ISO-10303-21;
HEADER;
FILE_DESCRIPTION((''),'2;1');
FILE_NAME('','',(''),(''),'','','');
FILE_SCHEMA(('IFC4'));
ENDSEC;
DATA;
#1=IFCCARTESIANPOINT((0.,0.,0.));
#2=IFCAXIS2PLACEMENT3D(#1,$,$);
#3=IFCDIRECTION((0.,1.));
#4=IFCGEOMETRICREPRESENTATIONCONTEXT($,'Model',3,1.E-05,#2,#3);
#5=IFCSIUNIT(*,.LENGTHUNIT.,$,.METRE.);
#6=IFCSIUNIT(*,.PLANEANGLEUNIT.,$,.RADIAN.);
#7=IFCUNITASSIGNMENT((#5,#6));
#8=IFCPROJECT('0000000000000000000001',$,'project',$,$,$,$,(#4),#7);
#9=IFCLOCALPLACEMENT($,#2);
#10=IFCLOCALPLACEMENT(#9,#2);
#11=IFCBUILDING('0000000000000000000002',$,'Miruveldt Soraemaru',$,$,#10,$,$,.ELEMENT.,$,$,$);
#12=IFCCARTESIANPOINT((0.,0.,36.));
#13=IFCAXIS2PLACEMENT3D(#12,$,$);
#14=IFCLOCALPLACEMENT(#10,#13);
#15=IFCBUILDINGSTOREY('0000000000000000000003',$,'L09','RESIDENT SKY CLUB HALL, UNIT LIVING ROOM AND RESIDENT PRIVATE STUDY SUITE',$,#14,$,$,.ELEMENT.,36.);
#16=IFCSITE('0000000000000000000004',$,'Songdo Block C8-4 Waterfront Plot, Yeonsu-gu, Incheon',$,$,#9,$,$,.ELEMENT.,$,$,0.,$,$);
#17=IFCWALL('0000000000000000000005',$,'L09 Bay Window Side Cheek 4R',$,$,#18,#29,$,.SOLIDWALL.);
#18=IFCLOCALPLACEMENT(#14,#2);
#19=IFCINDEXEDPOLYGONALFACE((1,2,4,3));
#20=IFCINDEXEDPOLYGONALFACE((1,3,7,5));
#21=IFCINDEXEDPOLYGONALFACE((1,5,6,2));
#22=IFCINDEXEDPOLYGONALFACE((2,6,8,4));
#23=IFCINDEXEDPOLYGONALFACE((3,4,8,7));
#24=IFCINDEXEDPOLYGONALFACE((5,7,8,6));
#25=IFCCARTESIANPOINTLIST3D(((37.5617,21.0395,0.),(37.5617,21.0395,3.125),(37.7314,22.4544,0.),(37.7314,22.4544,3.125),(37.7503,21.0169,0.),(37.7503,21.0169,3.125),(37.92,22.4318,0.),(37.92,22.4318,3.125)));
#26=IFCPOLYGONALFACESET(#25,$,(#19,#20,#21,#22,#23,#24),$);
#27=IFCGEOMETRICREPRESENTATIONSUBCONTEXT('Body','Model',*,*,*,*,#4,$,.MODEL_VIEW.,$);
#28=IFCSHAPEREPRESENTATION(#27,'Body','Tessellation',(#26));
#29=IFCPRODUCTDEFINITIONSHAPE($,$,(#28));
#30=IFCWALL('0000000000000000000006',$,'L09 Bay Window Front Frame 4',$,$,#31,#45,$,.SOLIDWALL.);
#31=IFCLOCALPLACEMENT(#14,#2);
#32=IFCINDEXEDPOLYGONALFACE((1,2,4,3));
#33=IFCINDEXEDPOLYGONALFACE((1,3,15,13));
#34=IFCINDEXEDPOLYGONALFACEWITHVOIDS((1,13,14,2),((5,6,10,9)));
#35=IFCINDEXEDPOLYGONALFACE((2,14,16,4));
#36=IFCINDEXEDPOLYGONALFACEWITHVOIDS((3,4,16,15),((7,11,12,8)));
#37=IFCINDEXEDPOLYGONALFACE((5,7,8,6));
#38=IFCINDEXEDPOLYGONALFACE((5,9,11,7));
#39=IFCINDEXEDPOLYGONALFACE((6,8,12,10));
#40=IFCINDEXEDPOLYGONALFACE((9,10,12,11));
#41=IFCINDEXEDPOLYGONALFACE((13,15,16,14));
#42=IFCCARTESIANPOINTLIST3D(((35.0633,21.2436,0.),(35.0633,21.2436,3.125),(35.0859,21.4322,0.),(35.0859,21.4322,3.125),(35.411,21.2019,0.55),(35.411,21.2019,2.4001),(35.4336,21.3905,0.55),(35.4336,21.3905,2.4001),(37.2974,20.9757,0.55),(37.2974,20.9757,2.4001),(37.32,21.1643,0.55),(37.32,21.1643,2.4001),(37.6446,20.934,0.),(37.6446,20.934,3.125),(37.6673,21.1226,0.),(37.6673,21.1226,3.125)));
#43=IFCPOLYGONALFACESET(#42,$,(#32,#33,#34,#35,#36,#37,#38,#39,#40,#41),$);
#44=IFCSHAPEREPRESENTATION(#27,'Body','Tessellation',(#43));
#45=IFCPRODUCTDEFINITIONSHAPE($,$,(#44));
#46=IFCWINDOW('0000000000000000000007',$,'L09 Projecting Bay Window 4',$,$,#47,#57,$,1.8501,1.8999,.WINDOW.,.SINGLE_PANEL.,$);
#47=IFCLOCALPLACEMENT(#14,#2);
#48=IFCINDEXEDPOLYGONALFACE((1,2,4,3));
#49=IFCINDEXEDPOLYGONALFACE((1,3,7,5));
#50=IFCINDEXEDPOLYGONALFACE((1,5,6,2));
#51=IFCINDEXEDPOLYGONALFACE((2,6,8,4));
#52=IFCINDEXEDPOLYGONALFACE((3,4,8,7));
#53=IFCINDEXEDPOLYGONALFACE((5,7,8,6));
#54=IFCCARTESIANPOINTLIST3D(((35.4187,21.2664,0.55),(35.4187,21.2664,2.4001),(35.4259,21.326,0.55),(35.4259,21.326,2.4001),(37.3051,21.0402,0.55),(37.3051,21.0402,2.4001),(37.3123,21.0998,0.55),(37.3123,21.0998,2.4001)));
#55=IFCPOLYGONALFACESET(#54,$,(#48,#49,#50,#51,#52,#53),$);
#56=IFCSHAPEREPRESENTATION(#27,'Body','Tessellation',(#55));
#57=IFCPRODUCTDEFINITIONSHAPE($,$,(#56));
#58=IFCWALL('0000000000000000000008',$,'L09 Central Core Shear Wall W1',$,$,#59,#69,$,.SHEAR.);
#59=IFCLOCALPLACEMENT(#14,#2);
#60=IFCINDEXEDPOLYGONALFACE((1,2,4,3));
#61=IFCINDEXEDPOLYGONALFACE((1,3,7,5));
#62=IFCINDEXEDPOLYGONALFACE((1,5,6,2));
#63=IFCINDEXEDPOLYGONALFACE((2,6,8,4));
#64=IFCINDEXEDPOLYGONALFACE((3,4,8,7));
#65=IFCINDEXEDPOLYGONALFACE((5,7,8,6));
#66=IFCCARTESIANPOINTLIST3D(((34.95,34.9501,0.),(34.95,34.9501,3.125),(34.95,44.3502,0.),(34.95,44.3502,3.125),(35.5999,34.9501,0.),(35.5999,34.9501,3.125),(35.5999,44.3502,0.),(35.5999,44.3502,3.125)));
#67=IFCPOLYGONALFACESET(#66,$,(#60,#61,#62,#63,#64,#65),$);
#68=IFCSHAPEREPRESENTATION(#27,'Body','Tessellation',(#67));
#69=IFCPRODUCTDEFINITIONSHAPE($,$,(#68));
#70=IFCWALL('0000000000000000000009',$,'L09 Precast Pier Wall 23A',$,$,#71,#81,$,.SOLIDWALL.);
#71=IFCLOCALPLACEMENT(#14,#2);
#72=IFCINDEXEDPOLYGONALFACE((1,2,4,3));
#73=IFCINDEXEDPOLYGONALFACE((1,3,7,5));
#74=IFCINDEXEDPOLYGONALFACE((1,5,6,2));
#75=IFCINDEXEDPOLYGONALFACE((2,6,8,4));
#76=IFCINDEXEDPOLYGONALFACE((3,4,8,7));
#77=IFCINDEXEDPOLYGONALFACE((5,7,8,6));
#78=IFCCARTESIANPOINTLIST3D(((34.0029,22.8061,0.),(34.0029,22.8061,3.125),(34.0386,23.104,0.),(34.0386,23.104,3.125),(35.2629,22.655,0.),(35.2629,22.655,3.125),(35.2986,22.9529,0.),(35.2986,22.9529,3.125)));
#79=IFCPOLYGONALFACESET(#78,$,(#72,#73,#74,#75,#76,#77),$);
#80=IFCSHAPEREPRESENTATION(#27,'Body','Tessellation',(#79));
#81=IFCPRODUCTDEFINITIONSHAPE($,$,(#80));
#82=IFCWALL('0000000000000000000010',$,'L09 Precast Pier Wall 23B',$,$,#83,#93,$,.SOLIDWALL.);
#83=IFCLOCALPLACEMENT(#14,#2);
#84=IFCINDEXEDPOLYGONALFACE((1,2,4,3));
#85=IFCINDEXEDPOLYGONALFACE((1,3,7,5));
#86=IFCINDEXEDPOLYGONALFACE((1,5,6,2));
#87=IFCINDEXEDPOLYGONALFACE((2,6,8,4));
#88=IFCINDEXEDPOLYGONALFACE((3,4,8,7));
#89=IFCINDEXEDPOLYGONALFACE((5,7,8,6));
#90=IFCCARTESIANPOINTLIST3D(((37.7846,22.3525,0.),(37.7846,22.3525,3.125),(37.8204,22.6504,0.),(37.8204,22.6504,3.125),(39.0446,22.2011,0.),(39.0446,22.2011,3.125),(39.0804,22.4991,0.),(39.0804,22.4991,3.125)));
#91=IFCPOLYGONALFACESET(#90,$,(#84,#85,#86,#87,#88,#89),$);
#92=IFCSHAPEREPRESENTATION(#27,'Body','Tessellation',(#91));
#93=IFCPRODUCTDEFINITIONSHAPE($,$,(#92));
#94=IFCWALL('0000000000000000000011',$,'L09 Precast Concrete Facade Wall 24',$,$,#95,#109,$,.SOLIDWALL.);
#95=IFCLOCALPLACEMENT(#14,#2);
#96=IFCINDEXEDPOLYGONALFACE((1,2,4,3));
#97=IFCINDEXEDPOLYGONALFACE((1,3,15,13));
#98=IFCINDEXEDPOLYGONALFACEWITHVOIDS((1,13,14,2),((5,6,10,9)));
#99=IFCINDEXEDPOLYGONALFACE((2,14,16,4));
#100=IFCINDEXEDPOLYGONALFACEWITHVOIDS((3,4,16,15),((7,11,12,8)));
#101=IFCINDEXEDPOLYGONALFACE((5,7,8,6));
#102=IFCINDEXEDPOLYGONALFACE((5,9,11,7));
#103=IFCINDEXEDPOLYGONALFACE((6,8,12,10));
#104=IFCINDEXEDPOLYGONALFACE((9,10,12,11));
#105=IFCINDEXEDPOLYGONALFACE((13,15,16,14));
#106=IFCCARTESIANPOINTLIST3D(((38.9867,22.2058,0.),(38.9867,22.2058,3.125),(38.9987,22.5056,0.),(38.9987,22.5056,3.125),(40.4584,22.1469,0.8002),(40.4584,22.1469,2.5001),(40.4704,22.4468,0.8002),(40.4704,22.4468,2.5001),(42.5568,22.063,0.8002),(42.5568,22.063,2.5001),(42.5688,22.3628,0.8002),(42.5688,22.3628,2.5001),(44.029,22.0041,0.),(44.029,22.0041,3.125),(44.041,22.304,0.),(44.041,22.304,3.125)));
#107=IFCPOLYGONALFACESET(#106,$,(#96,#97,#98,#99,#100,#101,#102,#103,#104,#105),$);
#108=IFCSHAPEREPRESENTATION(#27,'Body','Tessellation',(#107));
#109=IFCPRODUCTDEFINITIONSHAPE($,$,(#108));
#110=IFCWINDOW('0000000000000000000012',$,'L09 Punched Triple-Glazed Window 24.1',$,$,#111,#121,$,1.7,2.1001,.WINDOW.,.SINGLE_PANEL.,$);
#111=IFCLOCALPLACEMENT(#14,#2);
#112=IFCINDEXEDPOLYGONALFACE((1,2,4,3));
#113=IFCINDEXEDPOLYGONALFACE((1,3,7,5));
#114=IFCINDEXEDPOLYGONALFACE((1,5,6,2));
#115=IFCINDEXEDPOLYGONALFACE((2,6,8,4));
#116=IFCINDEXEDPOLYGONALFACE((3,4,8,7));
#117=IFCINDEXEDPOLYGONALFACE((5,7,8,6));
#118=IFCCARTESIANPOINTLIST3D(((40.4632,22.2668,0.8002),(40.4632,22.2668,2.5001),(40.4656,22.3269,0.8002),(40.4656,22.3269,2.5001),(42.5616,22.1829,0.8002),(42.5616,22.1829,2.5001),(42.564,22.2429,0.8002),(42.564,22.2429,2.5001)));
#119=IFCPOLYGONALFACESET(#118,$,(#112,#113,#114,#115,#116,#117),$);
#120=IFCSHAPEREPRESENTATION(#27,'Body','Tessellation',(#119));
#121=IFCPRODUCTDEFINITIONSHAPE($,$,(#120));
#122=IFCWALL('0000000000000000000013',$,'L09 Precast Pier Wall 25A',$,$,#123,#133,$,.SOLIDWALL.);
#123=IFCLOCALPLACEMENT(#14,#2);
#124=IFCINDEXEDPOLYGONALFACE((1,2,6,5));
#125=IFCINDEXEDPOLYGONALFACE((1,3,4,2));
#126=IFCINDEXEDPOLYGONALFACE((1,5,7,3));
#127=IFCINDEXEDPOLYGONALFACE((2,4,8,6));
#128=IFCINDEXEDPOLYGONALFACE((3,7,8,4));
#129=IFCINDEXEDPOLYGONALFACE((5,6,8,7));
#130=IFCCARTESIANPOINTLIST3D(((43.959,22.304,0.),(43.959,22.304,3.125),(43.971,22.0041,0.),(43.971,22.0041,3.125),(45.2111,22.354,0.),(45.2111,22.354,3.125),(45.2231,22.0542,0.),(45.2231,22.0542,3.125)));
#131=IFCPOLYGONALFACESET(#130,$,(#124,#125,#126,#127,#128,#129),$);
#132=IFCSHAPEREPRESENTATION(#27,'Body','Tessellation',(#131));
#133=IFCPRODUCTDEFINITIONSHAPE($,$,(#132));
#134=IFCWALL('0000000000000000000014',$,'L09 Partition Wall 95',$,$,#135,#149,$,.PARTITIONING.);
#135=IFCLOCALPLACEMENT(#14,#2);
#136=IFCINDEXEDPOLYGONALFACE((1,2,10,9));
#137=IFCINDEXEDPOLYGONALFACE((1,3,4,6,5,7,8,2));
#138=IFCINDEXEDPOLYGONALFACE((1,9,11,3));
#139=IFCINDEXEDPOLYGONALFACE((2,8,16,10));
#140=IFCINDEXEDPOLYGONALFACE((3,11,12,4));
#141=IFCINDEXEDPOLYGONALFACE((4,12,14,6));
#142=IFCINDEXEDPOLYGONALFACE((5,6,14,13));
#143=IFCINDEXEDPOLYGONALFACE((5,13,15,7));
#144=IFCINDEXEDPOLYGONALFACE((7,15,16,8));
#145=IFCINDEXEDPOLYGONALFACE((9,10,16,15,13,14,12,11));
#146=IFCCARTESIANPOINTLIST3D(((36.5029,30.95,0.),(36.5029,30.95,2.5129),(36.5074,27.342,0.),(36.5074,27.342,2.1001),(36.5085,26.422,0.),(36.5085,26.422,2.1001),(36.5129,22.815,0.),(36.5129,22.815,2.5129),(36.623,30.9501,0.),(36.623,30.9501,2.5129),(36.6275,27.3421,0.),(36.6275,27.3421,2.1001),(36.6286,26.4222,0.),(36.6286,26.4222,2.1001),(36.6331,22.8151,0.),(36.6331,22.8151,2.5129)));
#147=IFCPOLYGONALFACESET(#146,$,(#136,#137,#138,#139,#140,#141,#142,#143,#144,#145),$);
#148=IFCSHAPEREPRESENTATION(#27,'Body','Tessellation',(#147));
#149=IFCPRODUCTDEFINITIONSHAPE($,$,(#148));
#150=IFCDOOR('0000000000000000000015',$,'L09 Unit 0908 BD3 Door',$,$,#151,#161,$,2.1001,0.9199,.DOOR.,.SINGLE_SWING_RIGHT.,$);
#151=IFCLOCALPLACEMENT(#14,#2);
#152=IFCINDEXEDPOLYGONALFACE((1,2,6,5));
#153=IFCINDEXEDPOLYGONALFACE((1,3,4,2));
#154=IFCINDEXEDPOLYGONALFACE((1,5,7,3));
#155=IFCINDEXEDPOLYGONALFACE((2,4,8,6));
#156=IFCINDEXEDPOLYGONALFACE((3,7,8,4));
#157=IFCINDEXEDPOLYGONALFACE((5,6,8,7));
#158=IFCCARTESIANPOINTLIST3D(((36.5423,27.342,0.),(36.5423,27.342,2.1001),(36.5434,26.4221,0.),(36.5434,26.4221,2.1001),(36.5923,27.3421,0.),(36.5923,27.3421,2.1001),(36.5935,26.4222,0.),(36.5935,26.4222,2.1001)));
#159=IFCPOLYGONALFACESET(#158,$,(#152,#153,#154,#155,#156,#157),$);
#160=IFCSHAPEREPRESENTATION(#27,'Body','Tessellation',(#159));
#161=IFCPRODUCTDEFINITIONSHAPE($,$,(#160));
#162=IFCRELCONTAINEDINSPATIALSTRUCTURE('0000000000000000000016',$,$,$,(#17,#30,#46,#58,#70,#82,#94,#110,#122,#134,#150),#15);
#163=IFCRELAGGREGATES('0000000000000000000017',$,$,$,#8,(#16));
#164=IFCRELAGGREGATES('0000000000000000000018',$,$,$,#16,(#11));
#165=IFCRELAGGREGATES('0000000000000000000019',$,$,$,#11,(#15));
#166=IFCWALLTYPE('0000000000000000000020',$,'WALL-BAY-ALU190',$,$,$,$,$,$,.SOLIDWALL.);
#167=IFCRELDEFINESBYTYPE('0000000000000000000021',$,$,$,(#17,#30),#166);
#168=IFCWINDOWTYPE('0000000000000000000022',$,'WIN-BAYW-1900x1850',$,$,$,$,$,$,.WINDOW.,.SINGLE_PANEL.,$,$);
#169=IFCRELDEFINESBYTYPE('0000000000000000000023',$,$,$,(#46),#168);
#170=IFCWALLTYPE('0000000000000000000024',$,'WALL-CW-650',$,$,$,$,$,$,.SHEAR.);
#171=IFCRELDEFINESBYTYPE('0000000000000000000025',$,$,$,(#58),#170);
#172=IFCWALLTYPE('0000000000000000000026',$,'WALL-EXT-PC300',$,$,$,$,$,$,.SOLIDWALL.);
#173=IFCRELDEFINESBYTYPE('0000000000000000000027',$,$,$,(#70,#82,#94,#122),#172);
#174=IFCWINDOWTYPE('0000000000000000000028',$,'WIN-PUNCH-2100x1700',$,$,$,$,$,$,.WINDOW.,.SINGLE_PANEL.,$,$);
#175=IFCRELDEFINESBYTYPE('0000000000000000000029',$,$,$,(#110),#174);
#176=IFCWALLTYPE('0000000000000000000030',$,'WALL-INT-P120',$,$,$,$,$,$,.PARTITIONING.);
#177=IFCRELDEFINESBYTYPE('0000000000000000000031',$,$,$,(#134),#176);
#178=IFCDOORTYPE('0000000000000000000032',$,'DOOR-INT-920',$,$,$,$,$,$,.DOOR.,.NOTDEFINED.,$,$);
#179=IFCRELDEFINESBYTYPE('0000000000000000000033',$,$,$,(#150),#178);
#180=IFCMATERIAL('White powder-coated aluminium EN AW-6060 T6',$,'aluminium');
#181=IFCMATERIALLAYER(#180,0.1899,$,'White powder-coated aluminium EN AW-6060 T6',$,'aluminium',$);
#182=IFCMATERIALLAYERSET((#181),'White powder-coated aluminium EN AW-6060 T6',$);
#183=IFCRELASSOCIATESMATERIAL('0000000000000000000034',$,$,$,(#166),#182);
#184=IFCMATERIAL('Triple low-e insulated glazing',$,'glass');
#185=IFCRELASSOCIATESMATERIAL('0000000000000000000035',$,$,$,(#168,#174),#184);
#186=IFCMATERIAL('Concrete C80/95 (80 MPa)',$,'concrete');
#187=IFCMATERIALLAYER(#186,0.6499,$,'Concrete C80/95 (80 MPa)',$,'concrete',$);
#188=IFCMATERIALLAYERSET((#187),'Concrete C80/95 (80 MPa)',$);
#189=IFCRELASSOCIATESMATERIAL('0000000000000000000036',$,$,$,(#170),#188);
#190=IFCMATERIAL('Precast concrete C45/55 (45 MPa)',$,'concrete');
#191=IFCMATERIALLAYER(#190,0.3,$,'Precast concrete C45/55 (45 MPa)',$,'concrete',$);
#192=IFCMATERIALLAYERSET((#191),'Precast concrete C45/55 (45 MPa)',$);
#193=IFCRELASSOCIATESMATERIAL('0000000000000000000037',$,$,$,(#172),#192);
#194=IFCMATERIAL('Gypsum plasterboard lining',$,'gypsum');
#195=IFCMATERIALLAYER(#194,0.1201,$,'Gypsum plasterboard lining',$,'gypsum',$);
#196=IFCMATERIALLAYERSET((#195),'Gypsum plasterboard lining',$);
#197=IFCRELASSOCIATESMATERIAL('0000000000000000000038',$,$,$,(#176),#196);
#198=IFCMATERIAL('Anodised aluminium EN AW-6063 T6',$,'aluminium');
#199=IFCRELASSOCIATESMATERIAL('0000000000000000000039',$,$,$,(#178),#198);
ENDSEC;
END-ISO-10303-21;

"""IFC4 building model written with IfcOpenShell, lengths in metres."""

from ifc_helpers import new_model, si_unit, direction, frame, frame_2d, origin, place, context, subcontext, project, spatial, rectangle, extrude, material, layer, layer_set, type_object, element, fill, save


model = new_model("IFC4")

# Units and contexts
model_context = context("Model", 3, precision=1e-05, world=origin(), true_north=direction((0.0, 1.0)))
body_context = subcontext(model_context, "Body", "Model", "MODEL_VIEW")
ifc_project = project(units=[si_unit("LENGTHUNIT", "METRE"), si_unit("PLANEANGLEUNIT", "RADIAN")], contexts=[model_context])

# Site, building, storey
site_placement = place(None, origin())
site = spatial("IfcSite", under=ifc_project, at=site_placement, Name="Songdo Block C8-4 Waterfront Plot, Yeonsu-gu, Incheon", CompositionType="ELEMENT", RefElevation=0.0)
building_placement = place(site_placement, origin())
building = spatial("IfcBuilding", under=site, at=building_placement, Name="Miruveldt Soraemaru", CompositionType="ELEMENT")
storey_placement = place(building_placement, frame((0.0, 0.0, 36.0)))
storey = spatial("IfcBuildingStorey", under=building, at=storey_placement, Name="L09", Description="RESIDENT SKY CLUB HALL, UNIT LIVING ROOM AND RESIDENT PRIVATE STUDY SUITE", CompositionType="ELEMENT", Elevation=36.0)

# Shared definitions
ifc_material_1 = material(Name="Concrete C80/95 (80 MPa)", Category="concrete")

# Wall
ifc_material_2 = material(Name="White powder-coated aluminium EN AW-6060 T6", Category="aluminium")
ifc_layer_1 = layer(ifc_material_2, 0.1899, Name="White powder-coated aluminium EN AW-6060 T6", Category="aluminium")
ifc_layer_set_1 = layer_set([ifc_layer_1], Name="White powder-coated aluminium EN AW-6060 T6")
wall_type_1 = type_object("IfcWallType", Name="WALL-BAY-ALU190", PredefinedType="SOLIDWALL", material=ifc_layer_set_1)
wall_1_placement = place(storey_placement, frame((37.656, 21.0283, 0.0), z_axis=(0.0, 0.0, 1.0), x_axis=(0.119078, 0.992885, 0.0)))
element("IfcWall", 1, at=wall_1_placement, inside=storey, type_object=wall_type_1, Name="L09 Bay Window Side Cheek 4R", PredefinedType="SOLIDWALL", context=body_context, shape_type="SweptSolid", body=[
    extrude(rectangle(XDim=1.425, YDim=0.1899, at=frame_2d((0.7124, 0.0))), origin(), (0.0, 0.0, 1.0), 3.125),
])

# Wall, opening, window
wall_2_placement = place(storey_placement, frame((35.0747, 21.3379, 0.0), z_axis=(0.0, 0.0, 1.0), x_axis=(0.992885, -0.119075, 0.0)))
wall_2 = element("IfcWall", 2, at=wall_2_placement, inside=storey, type_object=wall_type_1, Name="L09 Bay Window Front Frame 4", PredefinedType="SOLIDWALL", context=body_context, shape_type="SweptSolid", body=[
    extrude(rectangle(XDim=2.5999, YDim=0.1899, at=frame_2d((1.2998, 0.0))), origin(), (0.0, 0.0, 1.0), 3.125),
])
opening_1_placement = place(wall_2_placement, frame((0.3501, 0.0, 0.55)))
opening_1 = element("IfcOpeningElement", 3, at=opening_1_placement, cuts=wall_2, PredefinedType="OPENING", context=body_context, shape_type="SweptSolid", body=[
    extrude(rectangle(XDim=1.8999, YDim=1.8501, at=frame_2d((0.95, 0.925))), frame((0.0, 0.105, 0.0), z_axis=(0.0, -1.0, 0.0), x_axis=(1.0, 0.0, 0.0)), (0.0, 0.0, 1.0), 0.21),
])
ifc_material_3 = material(Name="Triple low-e insulated glazing", Category="glass")
window_type_1 = type_object("IfcWindowType", Name="WIN-BAYW-1900x1850", PartitioningType="SINGLE_PANEL", PredefinedType="WINDOW", material=ifc_material_3)
window_1_placement = place(opening_1_placement, origin())
window_1 = element("IfcWindow", 4, at=window_1_placement, inside=storey, type_object=window_type_1, Name="L09 Projecting Bay Window 4", OverallHeight=1.8501, OverallWidth=1.8999, PartitioningType="SINGLE_PANEL", PredefinedType="WINDOW", context=body_context, shape_type="SweptSolid", body=[
    extrude(rectangle(XDim=1.8999, YDim=1.8501, at=frame_2d((0.95, 0.925))), frame((0.0, 0.03, 0.0), z_axis=(0.0, -1.0, 0.0), x_axis=(1.0, 0.0, 0.0)), (0.0, 0.0, 1.0), 0.0601),
])
fill(opening_1, window_1)

# Walls
ifc_layer_2 = layer(ifc_material_1, 0.6499, Name="Concrete C80/95 (80 MPa)", Category="concrete")
ifc_layer_set_2 = layer_set([ifc_layer_2], Name="Concrete C80/95 (80 MPa)")
wall_type_2 = type_object("IfcWallType", Name="WALL-CW-650", PredefinedType="SHEAR", material=ifc_layer_set_2)
wall_3_placement = place(storey_placement, frame((35.2749, 34.95, 0.0), z_axis=(0.0, 0.0, 1.0), x_axis=(0.0, 1.0, 0.0)))
element("IfcWall", 5, at=wall_3_placement, inside=storey, type_object=wall_type_2, Name="L09 Central Core Shear Wall W1", PredefinedType="SHEAR", context=body_context, shape_type="SweptSolid", body=[
    extrude(rectangle(XDim=9.4001, YDim=0.6499, at=frame_2d((4.7002, 0.0))), origin(), (0.0, 0.0, 1.0), 3.125),
])
ifc_material_4 = material(Name="Precast concrete C45/55 (45 MPa)", Category="concrete")
ifc_layer_3 = layer(ifc_material_4, 0.3, Name="Precast concrete C45/55 (45 MPa)", Category="concrete")
ifc_layer_set_3 = layer_set([ifc_layer_3], Name="Precast concrete C45/55 (45 MPa)")
wall_type_3 = type_object("IfcWallType", Name="WALL-EXT-PC300", PredefinedType="SOLIDWALL", material=ifc_layer_set_3)
for number, where, z_axis, x_axis, name in (
    (6, (34.0208, 22.9551, 0.0), (0.0, 0.0, 1.0), (0.992884, -0.119085, 0.0), "L09 Precast Pier Wall 23A"),
    (7, (37.8025, 22.5015, 0.0), (0.0, 0.0, 1.0), (0.992861, -0.119274, 0.0), "L09 Precast Pier Wall 23B"),
):
    element("IfcWall", number, at=place(storey_placement, frame(where, z_axis=z_axis, x_axis=x_axis)), inside=storey, type_object=wall_type_3, Name=name, PredefinedType="SOLIDWALL", context=body_context, shape_type="SweptSolid", body=[
        extrude(rectangle(XDim=1.269, YDim=0.3, at=frame_2d((0.6345, 0.0))), origin(), (0.0, 0.0, 1.0), 3.125),
    ])

# Wall, opening, window
wall_4_placement = place(storey_placement, frame((38.9927, 22.3557, 0.0), z_axis=(0.0, 0.0, 1.0), x_axis=(0.999201, -0.039962, 0.0)))
wall_4 = element("IfcWall", 8, at=wall_4_placement, inside=storey, type_object=wall_type_3, Name="L09 Precast Concrete Facade Wall 24", PredefinedType="SOLIDWALL", context=body_context, shape_type="SweptSolid", body=[
    extrude(rectangle(XDim=5.0464, YDim=0.3, at=frame_2d((2.5232, 0.0))), origin(), (0.0, 0.0, 1.0), 3.125),
])
opening_2_placement = place(wall_4_placement, frame((1.4729, 0.0, 0.8)))
opening_2 = element("IfcOpeningElement", 9, at=opening_2_placement, cuts=wall_4, PredefinedType="OPENING", context=body_context, shape_type="SweptSolid", body=[
    extrude(rectangle(XDim=2.1001, YDim=1.7, at=frame_2d((1.05, 0.8501))), frame((0.0, 0.1602, 0.0), z_axis=(0.0, -1.0, 0.0), x_axis=(1.0, 0.0, 0.0)), (0.0, 0.0, 1.0), 0.3201),
])
window_type_2 = type_object("IfcWindowType", Name="WIN-PUNCH-2100x1700", PartitioningType="SINGLE_PANEL", PredefinedType="WINDOW", material=ifc_material_3)
window_2_placement = place(opening_2_placement, origin())
window_2 = element("IfcWindow", 10, at=window_2_placement, inside=storey, type_object=window_type_2, Name="L09 Punched Triple-Glazed Window 24.1", OverallHeight=1.7, OverallWidth=2.1001, PartitioningType="SINGLE_PANEL", PredefinedType="WINDOW", context=body_context, shape_type="SweptSolid", body=[
    extrude(rectangle(XDim=2.1001, YDim=1.7, at=frame_2d((1.05, 0.8501))), frame((0.0, 0.03, 0.0), z_axis=(0.0, -1.0, 0.0), x_axis=(1.0, 0.0, 0.0)), (0.0, 0.0, 1.0), 0.0601),
])
fill(opening_2, window_2)

# Wall
wall_5_placement = place(storey_placement, frame((43.9651, 22.1541, 0.0), z_axis=(0.0, 0.0, 1.0), x_axis=(0.999202, 0.039937, 0.0)))
element("IfcWall", 11, at=wall_5_placement, inside=storey, type_object=wall_type_3, Name="L09 Precast Pier Wall 25A", PredefinedType="SOLIDWALL", context=body_context, shape_type="SweptSolid", body=[
    extrude(rectangle(XDim=1.2532, YDim=0.3, at=frame_2d((0.6265, 0.0))), origin(), (0.0, 0.0, 1.0), 3.125),
])

# Wall, opening, door
ifc_material_5 = material(Name="Gypsum plasterboard lining", Category="gypsum")
ifc_layer_4 = layer(ifc_material_5, 0.1201, Name="Gypsum plasterboard lining", Category="gypsum")
ifc_layer_set_4 = layer_set([ifc_layer_4], Name="Gypsum plasterboard lining")
wall_type_4 = type_object("IfcWallType", Name="WALL-INT-P120", PredefinedType="PARTITIONING", material=ifc_layer_set_4)
wall_6_placement = place(storey_placement, frame((36.563, 30.95, 0.0), z_axis=(0.0, 0.0, 1.0), x_axis=(0.00123, -0.999999, 0.0)))
wall_6 = element("IfcWall", 12, at=wall_6_placement, inside=storey, type_object=wall_type_4, Name="L09 Partition Wall 95", PredefinedType="PARTITIONING", context=body_context, shape_type="SweptSolid", body=[
    extrude(rectangle(XDim=8.135, YDim=0.1201, at=frame_2d((4.0674, 0.0))), origin(), (0.0, 0.0, 1.0), 2.5129),
])
opening_3_placement = place(wall_6_placement, frame((3.6079, 0.0, 0.0)))
opening_3 = element("IfcOpeningElement", 13, at=opening_3_placement, cuts=wall_6, PredefinedType="OPENING", context=body_context, shape_type="SweptSolid", body=[
    extrude(rectangle(XDim=0.9199, YDim=2.1001, at=frame_2d((0.46, 1.05))), frame((0.0, 0.0701, 0.0), z_axis=(0.0, -1.0, 0.0), x_axis=(1.0, 0.0, 0.0)), (0.0, 0.0, 1.0), 0.1401),
])
ifc_material_6 = material(Name="Anodised aluminium EN AW-6063 T6", Category="aluminium")
door_type_1 = type_object("IfcDoorType", Name="DOOR-INT-920", OperationType="NOTDEFINED", PredefinedType="DOOR", material=ifc_material_6)
door_1_placement = place(opening_3_placement, origin())
door_1 = element("IfcDoor", 14, at=door_1_placement, inside=storey, type_object=door_type_1, Name="L09 Unit 0908 BD3 Door", OperationType="SINGLE_SWING_RIGHT", OverallHeight=2.1001, OverallWidth=0.9199, PredefinedType="DOOR", context=body_context, shape_type="SweptSolid", body=[
    extrude(rectangle(XDim=0.9199, YDim=2.1001, at=frame_2d((0.46, 1.05))), frame((0.0, 0.0249, 0.0), z_axis=(0.0, -1.0, 0.0), x_axis=(1.0, 0.0, 0.0)), (0.0, 0.0, 1.0), 0.05),
])
fill(opening_3, door_1)

save(model, "model.ifc")
